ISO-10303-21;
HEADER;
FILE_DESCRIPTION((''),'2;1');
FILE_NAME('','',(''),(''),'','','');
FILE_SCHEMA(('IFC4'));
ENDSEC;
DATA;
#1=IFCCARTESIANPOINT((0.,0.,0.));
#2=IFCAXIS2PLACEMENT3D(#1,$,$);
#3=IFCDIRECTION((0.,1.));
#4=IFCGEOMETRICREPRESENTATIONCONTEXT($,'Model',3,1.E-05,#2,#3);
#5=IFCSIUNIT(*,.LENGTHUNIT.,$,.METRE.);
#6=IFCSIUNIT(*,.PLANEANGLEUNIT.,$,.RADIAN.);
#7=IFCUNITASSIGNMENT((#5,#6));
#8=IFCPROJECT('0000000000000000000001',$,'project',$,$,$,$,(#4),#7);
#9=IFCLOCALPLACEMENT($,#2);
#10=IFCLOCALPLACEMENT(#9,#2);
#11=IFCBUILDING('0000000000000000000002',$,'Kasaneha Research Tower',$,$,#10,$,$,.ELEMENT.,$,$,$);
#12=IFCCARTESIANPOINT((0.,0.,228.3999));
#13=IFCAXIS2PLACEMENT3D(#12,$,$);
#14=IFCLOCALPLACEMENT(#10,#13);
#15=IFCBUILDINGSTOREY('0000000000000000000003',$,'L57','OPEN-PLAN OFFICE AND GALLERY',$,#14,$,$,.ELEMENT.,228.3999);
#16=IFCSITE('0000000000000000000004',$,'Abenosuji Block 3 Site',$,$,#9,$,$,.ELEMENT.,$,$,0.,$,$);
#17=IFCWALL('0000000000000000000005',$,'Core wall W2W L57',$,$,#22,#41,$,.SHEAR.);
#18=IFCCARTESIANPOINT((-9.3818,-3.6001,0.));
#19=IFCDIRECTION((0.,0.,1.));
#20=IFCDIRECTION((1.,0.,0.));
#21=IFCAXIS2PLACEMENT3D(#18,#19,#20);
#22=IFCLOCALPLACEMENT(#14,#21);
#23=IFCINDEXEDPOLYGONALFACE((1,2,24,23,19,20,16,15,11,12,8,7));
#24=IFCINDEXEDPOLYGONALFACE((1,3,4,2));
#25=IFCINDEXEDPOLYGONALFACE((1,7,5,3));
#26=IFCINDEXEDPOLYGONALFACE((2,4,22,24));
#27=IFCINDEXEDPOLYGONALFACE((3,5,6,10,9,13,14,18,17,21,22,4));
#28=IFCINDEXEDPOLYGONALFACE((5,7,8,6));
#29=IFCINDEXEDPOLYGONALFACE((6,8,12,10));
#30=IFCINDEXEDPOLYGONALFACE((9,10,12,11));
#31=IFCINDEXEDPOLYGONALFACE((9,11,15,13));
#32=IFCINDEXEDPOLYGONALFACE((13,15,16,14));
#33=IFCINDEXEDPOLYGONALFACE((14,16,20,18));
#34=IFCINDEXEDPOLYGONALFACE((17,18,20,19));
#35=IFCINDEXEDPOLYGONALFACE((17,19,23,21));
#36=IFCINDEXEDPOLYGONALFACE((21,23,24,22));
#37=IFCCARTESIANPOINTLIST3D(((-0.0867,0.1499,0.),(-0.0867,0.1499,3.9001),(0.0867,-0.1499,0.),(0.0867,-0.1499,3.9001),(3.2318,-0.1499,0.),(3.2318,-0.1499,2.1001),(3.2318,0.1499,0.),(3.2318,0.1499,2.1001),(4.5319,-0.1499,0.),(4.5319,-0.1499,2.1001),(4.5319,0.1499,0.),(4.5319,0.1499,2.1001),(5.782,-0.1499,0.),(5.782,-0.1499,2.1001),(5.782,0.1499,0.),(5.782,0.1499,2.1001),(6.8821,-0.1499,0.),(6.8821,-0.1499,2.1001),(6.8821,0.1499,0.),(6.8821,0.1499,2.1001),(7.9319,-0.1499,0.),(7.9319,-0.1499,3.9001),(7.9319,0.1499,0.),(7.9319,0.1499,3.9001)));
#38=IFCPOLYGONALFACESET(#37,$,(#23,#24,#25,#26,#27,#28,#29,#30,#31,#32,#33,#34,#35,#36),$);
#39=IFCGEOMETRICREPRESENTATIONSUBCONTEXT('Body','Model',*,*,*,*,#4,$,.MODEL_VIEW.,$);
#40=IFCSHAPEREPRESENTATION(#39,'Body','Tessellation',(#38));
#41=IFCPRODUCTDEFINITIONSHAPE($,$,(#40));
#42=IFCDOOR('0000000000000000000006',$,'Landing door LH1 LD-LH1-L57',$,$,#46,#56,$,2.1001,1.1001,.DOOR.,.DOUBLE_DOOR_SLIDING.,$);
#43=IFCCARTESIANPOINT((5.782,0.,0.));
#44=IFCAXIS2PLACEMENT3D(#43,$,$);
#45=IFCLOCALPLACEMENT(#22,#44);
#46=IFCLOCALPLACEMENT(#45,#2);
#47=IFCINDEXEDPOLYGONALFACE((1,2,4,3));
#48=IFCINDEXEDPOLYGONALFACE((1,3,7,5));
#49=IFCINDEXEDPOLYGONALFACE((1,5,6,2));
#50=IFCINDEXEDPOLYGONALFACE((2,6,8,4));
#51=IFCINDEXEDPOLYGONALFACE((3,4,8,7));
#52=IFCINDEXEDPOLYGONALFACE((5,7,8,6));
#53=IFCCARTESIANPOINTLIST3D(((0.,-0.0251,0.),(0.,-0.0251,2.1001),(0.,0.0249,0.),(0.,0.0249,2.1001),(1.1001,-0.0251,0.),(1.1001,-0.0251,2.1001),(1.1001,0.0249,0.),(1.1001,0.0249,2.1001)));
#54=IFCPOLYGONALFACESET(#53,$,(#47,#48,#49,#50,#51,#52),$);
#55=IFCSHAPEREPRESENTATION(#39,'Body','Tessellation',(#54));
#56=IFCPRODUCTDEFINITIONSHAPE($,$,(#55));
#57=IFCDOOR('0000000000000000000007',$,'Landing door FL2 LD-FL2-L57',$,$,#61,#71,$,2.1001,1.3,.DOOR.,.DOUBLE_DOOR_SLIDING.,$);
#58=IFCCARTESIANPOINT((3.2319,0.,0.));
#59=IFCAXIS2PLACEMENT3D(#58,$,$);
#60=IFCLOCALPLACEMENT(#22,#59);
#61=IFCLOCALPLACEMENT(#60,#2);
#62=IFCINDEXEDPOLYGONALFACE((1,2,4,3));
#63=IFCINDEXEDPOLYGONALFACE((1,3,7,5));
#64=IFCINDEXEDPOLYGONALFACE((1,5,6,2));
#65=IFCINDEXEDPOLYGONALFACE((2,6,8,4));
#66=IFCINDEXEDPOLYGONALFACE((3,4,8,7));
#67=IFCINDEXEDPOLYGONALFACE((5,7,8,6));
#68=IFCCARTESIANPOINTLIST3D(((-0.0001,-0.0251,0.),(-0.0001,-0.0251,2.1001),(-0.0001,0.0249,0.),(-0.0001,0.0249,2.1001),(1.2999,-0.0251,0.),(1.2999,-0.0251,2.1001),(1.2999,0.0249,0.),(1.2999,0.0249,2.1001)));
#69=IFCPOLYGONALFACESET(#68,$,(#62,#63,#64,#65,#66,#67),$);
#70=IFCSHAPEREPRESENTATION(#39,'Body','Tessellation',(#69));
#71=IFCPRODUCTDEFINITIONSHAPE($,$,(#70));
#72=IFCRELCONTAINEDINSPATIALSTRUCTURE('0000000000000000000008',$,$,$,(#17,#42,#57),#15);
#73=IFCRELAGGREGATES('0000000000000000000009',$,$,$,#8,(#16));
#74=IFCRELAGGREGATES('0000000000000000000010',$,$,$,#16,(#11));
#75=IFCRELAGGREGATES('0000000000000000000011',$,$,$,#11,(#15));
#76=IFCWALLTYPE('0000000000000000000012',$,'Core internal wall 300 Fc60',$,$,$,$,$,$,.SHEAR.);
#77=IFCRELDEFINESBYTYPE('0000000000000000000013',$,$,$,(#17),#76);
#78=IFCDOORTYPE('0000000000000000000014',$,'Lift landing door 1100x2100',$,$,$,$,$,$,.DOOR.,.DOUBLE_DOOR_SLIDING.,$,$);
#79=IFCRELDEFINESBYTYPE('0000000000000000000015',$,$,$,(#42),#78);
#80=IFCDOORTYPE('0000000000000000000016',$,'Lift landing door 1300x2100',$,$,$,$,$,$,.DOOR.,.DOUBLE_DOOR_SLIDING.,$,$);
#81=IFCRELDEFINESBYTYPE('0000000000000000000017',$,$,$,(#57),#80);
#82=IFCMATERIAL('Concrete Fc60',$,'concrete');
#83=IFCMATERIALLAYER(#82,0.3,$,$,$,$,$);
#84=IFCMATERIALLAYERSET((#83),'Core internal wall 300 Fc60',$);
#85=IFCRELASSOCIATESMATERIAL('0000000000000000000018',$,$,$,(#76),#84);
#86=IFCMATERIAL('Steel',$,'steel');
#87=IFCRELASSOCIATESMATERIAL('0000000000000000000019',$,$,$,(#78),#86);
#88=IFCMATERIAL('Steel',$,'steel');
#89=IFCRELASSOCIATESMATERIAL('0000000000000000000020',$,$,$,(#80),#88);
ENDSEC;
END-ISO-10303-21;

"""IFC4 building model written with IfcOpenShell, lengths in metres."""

from ifc_helpers import new_model, si_unit, direction, frame, frame_2d, origin, place, context, subcontext, project, spatial, polyline, rectangle, outline, extrude, material, layer, layer_set, type_object, element, fill, save


model = new_model("IFC4")

# Units and contexts
model_context = context("Model", 3, precision=1e-05, world=origin(), true_north=direction((0.0, 1.0)))
body_context = subcontext(model_context, "Body", "Model", "MODEL_VIEW")
ifc_project = project(units=[si_unit("LENGTHUNIT", "METRE"), si_unit("PLANEANGLEUNIT", "RADIAN")], contexts=[model_context])

# Site, building, storey
site_placement = place(None, origin())
site = spatial("IfcSite", under=ifc_project, at=site_placement, Name="Abenosuji Block 3 Site", CompositionType="ELEMENT", RefElevation=0.0)
building_placement = place(site_placement, origin())
building = spatial("IfcBuilding", under=site, at=building_placement, Name="Kasaneha Research Tower", CompositionType="ELEMENT")
storey_placement = place(building_placement, frame((0.0, 0.0, 228.3999)))
storey = spatial("IfcBuildingStorey", under=building, at=storey_placement, Name="L57", Description="OPEN-PLAN OFFICE AND GALLERY", CompositionType="ELEMENT", Elevation=228.3999)

# Wall, openings, doors
ifc_material_1 = material(Name="Concrete Fc60", Category="concrete")
ifc_layer_1 = layer(ifc_material_1, 0.3)
ifc_layer_set_1 = layer_set([ifc_layer_1], Name="Core internal wall 300 Fc60")
wall_type_1 = type_object("IfcWallType", Name="Core internal wall 300 Fc60", PredefinedType="SHEAR", material=ifc_layer_set_1)
wall_1_placement = place(storey_placement, frame((-9.3818, -3.6001, 0.0), z_axis=(0.0, 0.0, 1.0), x_axis=(1.0, 0.0, 0.0)))
wall_1 = element("IfcWall", 1, at=wall_1_placement, inside=storey, type_object=wall_type_1, Name="Core wall W2W L57", PredefinedType="SHEAR", context=body_context, shape_type="SweptSolid", body=[
    extrude(outline(polyline([(0.0867, -0.1499), (3.2319, -0.1499), (4.532, -0.1499), (5.782, -0.1499), (6.8821, -0.1499), (7.9319, -0.1499), (7.9319, 0.1499), (6.8821, 0.1499), (5.782, 0.1499), (4.532, 0.1499), (3.2319, 0.1499), (-0.0867, 0.1499), (0.0867, -0.1499)])), origin(), (0.0, 0.0, 1.0), 3.9001),
])
opening_1_placement = place(wall_1_placement, frame((5.782, 0.0, 0.0)))
opening_1 = element("IfcOpeningElement", 2, at=opening_1_placement, cuts=wall_1, PredefinedType="OPENING", context=body_context, shape_type="SweptSolid", body=[
    extrude(rectangle(XDim=1.1001, YDim=2.1001, at=frame_2d((0.55, 1.05))), frame((0.0, 0.1602, 0.0), z_axis=(0.0, -1.0, 0.0), x_axis=(1.0, 0.0, 0.0)), (0.0, 0.0, 1.0), 0.3201),
])
opening_2_placement = place(wall_1_placement, frame((3.2319, 0.0, 0.0)))
opening_2 = element("IfcOpeningElement", 3, at=opening_2_placement, cuts=wall_1, PredefinedType="OPENING", context=body_context, shape_type="SweptSolid", body=[
    extrude(rectangle(XDim=1.3, YDim=2.1001, at=frame_2d((0.6499, 1.05))), frame((0.0, 0.1602, 0.0), z_axis=(0.0, -1.0, 0.0), x_axis=(1.0, 0.0, 0.0)), (0.0, 0.0, 1.0), 0.3201),
])
ifc_material_2 = material(Name="Steel", Category="steel")
door_type_1 = type_object("IfcDoorType", Name="Lift landing door 1100x2100", OperationType="DOUBLE_DOOR_SLIDING", PredefinedType="DOOR", material=ifc_material_2)
door_1_placement = place(opening_1_placement, origin())
door_1 = element("IfcDoor", 4, at=door_1_placement, inside=storey, type_object=door_type_1, Name="Landing door LH1 LD-LH1-L57", OperationType="DOUBLE_DOOR_SLIDING", OverallHeight=2.1001, OverallWidth=1.1001, PredefinedType="DOOR", context=body_context, shape_type="SweptSolid", body=[
    extrude(rectangle(XDim=1.1001, YDim=2.1001, at=frame_2d((0.55, 1.05))), frame((0.0, 0.0249, 0.0), z_axis=(0.0, -1.0, 0.0), x_axis=(1.0, 0.0, 0.0)), (0.0, 0.0, 1.0), 0.05),
])
fill(opening_1, door_1)
ifc_material_3 = material(Name="Steel", Category="steel")
door_type_2 = type_object("IfcDoorType", Name="Lift landing door 1300x2100", OperationType="DOUBLE_DOOR_SLIDING", PredefinedType="DOOR", material=ifc_material_3)
door_2_placement = place(opening_2_placement, origin())
door_2 = element("IfcDoor", 5, at=door_2_placement, inside=storey, type_object=door_type_2, Name="Landing door FL2 LD-FL2-L57", OperationType="DOUBLE_DOOR_SLIDING", OverallHeight=2.1001, OverallWidth=1.3, PredefinedType="DOOR", context=body_context, shape_type="SweptSolid", body=[
    extrude(rectangle(XDim=1.3, YDim=2.1001, at=frame_2d((0.6499, 1.05))), frame((0.0, 0.0249, 0.0), z_axis=(0.0, -1.0, 0.0), x_axis=(1.0, 0.0, 0.0)), (0.0, 0.0, 1.0), 0.05),
])
fill(opening_2, door_2)

save(model, "model.ifc")
